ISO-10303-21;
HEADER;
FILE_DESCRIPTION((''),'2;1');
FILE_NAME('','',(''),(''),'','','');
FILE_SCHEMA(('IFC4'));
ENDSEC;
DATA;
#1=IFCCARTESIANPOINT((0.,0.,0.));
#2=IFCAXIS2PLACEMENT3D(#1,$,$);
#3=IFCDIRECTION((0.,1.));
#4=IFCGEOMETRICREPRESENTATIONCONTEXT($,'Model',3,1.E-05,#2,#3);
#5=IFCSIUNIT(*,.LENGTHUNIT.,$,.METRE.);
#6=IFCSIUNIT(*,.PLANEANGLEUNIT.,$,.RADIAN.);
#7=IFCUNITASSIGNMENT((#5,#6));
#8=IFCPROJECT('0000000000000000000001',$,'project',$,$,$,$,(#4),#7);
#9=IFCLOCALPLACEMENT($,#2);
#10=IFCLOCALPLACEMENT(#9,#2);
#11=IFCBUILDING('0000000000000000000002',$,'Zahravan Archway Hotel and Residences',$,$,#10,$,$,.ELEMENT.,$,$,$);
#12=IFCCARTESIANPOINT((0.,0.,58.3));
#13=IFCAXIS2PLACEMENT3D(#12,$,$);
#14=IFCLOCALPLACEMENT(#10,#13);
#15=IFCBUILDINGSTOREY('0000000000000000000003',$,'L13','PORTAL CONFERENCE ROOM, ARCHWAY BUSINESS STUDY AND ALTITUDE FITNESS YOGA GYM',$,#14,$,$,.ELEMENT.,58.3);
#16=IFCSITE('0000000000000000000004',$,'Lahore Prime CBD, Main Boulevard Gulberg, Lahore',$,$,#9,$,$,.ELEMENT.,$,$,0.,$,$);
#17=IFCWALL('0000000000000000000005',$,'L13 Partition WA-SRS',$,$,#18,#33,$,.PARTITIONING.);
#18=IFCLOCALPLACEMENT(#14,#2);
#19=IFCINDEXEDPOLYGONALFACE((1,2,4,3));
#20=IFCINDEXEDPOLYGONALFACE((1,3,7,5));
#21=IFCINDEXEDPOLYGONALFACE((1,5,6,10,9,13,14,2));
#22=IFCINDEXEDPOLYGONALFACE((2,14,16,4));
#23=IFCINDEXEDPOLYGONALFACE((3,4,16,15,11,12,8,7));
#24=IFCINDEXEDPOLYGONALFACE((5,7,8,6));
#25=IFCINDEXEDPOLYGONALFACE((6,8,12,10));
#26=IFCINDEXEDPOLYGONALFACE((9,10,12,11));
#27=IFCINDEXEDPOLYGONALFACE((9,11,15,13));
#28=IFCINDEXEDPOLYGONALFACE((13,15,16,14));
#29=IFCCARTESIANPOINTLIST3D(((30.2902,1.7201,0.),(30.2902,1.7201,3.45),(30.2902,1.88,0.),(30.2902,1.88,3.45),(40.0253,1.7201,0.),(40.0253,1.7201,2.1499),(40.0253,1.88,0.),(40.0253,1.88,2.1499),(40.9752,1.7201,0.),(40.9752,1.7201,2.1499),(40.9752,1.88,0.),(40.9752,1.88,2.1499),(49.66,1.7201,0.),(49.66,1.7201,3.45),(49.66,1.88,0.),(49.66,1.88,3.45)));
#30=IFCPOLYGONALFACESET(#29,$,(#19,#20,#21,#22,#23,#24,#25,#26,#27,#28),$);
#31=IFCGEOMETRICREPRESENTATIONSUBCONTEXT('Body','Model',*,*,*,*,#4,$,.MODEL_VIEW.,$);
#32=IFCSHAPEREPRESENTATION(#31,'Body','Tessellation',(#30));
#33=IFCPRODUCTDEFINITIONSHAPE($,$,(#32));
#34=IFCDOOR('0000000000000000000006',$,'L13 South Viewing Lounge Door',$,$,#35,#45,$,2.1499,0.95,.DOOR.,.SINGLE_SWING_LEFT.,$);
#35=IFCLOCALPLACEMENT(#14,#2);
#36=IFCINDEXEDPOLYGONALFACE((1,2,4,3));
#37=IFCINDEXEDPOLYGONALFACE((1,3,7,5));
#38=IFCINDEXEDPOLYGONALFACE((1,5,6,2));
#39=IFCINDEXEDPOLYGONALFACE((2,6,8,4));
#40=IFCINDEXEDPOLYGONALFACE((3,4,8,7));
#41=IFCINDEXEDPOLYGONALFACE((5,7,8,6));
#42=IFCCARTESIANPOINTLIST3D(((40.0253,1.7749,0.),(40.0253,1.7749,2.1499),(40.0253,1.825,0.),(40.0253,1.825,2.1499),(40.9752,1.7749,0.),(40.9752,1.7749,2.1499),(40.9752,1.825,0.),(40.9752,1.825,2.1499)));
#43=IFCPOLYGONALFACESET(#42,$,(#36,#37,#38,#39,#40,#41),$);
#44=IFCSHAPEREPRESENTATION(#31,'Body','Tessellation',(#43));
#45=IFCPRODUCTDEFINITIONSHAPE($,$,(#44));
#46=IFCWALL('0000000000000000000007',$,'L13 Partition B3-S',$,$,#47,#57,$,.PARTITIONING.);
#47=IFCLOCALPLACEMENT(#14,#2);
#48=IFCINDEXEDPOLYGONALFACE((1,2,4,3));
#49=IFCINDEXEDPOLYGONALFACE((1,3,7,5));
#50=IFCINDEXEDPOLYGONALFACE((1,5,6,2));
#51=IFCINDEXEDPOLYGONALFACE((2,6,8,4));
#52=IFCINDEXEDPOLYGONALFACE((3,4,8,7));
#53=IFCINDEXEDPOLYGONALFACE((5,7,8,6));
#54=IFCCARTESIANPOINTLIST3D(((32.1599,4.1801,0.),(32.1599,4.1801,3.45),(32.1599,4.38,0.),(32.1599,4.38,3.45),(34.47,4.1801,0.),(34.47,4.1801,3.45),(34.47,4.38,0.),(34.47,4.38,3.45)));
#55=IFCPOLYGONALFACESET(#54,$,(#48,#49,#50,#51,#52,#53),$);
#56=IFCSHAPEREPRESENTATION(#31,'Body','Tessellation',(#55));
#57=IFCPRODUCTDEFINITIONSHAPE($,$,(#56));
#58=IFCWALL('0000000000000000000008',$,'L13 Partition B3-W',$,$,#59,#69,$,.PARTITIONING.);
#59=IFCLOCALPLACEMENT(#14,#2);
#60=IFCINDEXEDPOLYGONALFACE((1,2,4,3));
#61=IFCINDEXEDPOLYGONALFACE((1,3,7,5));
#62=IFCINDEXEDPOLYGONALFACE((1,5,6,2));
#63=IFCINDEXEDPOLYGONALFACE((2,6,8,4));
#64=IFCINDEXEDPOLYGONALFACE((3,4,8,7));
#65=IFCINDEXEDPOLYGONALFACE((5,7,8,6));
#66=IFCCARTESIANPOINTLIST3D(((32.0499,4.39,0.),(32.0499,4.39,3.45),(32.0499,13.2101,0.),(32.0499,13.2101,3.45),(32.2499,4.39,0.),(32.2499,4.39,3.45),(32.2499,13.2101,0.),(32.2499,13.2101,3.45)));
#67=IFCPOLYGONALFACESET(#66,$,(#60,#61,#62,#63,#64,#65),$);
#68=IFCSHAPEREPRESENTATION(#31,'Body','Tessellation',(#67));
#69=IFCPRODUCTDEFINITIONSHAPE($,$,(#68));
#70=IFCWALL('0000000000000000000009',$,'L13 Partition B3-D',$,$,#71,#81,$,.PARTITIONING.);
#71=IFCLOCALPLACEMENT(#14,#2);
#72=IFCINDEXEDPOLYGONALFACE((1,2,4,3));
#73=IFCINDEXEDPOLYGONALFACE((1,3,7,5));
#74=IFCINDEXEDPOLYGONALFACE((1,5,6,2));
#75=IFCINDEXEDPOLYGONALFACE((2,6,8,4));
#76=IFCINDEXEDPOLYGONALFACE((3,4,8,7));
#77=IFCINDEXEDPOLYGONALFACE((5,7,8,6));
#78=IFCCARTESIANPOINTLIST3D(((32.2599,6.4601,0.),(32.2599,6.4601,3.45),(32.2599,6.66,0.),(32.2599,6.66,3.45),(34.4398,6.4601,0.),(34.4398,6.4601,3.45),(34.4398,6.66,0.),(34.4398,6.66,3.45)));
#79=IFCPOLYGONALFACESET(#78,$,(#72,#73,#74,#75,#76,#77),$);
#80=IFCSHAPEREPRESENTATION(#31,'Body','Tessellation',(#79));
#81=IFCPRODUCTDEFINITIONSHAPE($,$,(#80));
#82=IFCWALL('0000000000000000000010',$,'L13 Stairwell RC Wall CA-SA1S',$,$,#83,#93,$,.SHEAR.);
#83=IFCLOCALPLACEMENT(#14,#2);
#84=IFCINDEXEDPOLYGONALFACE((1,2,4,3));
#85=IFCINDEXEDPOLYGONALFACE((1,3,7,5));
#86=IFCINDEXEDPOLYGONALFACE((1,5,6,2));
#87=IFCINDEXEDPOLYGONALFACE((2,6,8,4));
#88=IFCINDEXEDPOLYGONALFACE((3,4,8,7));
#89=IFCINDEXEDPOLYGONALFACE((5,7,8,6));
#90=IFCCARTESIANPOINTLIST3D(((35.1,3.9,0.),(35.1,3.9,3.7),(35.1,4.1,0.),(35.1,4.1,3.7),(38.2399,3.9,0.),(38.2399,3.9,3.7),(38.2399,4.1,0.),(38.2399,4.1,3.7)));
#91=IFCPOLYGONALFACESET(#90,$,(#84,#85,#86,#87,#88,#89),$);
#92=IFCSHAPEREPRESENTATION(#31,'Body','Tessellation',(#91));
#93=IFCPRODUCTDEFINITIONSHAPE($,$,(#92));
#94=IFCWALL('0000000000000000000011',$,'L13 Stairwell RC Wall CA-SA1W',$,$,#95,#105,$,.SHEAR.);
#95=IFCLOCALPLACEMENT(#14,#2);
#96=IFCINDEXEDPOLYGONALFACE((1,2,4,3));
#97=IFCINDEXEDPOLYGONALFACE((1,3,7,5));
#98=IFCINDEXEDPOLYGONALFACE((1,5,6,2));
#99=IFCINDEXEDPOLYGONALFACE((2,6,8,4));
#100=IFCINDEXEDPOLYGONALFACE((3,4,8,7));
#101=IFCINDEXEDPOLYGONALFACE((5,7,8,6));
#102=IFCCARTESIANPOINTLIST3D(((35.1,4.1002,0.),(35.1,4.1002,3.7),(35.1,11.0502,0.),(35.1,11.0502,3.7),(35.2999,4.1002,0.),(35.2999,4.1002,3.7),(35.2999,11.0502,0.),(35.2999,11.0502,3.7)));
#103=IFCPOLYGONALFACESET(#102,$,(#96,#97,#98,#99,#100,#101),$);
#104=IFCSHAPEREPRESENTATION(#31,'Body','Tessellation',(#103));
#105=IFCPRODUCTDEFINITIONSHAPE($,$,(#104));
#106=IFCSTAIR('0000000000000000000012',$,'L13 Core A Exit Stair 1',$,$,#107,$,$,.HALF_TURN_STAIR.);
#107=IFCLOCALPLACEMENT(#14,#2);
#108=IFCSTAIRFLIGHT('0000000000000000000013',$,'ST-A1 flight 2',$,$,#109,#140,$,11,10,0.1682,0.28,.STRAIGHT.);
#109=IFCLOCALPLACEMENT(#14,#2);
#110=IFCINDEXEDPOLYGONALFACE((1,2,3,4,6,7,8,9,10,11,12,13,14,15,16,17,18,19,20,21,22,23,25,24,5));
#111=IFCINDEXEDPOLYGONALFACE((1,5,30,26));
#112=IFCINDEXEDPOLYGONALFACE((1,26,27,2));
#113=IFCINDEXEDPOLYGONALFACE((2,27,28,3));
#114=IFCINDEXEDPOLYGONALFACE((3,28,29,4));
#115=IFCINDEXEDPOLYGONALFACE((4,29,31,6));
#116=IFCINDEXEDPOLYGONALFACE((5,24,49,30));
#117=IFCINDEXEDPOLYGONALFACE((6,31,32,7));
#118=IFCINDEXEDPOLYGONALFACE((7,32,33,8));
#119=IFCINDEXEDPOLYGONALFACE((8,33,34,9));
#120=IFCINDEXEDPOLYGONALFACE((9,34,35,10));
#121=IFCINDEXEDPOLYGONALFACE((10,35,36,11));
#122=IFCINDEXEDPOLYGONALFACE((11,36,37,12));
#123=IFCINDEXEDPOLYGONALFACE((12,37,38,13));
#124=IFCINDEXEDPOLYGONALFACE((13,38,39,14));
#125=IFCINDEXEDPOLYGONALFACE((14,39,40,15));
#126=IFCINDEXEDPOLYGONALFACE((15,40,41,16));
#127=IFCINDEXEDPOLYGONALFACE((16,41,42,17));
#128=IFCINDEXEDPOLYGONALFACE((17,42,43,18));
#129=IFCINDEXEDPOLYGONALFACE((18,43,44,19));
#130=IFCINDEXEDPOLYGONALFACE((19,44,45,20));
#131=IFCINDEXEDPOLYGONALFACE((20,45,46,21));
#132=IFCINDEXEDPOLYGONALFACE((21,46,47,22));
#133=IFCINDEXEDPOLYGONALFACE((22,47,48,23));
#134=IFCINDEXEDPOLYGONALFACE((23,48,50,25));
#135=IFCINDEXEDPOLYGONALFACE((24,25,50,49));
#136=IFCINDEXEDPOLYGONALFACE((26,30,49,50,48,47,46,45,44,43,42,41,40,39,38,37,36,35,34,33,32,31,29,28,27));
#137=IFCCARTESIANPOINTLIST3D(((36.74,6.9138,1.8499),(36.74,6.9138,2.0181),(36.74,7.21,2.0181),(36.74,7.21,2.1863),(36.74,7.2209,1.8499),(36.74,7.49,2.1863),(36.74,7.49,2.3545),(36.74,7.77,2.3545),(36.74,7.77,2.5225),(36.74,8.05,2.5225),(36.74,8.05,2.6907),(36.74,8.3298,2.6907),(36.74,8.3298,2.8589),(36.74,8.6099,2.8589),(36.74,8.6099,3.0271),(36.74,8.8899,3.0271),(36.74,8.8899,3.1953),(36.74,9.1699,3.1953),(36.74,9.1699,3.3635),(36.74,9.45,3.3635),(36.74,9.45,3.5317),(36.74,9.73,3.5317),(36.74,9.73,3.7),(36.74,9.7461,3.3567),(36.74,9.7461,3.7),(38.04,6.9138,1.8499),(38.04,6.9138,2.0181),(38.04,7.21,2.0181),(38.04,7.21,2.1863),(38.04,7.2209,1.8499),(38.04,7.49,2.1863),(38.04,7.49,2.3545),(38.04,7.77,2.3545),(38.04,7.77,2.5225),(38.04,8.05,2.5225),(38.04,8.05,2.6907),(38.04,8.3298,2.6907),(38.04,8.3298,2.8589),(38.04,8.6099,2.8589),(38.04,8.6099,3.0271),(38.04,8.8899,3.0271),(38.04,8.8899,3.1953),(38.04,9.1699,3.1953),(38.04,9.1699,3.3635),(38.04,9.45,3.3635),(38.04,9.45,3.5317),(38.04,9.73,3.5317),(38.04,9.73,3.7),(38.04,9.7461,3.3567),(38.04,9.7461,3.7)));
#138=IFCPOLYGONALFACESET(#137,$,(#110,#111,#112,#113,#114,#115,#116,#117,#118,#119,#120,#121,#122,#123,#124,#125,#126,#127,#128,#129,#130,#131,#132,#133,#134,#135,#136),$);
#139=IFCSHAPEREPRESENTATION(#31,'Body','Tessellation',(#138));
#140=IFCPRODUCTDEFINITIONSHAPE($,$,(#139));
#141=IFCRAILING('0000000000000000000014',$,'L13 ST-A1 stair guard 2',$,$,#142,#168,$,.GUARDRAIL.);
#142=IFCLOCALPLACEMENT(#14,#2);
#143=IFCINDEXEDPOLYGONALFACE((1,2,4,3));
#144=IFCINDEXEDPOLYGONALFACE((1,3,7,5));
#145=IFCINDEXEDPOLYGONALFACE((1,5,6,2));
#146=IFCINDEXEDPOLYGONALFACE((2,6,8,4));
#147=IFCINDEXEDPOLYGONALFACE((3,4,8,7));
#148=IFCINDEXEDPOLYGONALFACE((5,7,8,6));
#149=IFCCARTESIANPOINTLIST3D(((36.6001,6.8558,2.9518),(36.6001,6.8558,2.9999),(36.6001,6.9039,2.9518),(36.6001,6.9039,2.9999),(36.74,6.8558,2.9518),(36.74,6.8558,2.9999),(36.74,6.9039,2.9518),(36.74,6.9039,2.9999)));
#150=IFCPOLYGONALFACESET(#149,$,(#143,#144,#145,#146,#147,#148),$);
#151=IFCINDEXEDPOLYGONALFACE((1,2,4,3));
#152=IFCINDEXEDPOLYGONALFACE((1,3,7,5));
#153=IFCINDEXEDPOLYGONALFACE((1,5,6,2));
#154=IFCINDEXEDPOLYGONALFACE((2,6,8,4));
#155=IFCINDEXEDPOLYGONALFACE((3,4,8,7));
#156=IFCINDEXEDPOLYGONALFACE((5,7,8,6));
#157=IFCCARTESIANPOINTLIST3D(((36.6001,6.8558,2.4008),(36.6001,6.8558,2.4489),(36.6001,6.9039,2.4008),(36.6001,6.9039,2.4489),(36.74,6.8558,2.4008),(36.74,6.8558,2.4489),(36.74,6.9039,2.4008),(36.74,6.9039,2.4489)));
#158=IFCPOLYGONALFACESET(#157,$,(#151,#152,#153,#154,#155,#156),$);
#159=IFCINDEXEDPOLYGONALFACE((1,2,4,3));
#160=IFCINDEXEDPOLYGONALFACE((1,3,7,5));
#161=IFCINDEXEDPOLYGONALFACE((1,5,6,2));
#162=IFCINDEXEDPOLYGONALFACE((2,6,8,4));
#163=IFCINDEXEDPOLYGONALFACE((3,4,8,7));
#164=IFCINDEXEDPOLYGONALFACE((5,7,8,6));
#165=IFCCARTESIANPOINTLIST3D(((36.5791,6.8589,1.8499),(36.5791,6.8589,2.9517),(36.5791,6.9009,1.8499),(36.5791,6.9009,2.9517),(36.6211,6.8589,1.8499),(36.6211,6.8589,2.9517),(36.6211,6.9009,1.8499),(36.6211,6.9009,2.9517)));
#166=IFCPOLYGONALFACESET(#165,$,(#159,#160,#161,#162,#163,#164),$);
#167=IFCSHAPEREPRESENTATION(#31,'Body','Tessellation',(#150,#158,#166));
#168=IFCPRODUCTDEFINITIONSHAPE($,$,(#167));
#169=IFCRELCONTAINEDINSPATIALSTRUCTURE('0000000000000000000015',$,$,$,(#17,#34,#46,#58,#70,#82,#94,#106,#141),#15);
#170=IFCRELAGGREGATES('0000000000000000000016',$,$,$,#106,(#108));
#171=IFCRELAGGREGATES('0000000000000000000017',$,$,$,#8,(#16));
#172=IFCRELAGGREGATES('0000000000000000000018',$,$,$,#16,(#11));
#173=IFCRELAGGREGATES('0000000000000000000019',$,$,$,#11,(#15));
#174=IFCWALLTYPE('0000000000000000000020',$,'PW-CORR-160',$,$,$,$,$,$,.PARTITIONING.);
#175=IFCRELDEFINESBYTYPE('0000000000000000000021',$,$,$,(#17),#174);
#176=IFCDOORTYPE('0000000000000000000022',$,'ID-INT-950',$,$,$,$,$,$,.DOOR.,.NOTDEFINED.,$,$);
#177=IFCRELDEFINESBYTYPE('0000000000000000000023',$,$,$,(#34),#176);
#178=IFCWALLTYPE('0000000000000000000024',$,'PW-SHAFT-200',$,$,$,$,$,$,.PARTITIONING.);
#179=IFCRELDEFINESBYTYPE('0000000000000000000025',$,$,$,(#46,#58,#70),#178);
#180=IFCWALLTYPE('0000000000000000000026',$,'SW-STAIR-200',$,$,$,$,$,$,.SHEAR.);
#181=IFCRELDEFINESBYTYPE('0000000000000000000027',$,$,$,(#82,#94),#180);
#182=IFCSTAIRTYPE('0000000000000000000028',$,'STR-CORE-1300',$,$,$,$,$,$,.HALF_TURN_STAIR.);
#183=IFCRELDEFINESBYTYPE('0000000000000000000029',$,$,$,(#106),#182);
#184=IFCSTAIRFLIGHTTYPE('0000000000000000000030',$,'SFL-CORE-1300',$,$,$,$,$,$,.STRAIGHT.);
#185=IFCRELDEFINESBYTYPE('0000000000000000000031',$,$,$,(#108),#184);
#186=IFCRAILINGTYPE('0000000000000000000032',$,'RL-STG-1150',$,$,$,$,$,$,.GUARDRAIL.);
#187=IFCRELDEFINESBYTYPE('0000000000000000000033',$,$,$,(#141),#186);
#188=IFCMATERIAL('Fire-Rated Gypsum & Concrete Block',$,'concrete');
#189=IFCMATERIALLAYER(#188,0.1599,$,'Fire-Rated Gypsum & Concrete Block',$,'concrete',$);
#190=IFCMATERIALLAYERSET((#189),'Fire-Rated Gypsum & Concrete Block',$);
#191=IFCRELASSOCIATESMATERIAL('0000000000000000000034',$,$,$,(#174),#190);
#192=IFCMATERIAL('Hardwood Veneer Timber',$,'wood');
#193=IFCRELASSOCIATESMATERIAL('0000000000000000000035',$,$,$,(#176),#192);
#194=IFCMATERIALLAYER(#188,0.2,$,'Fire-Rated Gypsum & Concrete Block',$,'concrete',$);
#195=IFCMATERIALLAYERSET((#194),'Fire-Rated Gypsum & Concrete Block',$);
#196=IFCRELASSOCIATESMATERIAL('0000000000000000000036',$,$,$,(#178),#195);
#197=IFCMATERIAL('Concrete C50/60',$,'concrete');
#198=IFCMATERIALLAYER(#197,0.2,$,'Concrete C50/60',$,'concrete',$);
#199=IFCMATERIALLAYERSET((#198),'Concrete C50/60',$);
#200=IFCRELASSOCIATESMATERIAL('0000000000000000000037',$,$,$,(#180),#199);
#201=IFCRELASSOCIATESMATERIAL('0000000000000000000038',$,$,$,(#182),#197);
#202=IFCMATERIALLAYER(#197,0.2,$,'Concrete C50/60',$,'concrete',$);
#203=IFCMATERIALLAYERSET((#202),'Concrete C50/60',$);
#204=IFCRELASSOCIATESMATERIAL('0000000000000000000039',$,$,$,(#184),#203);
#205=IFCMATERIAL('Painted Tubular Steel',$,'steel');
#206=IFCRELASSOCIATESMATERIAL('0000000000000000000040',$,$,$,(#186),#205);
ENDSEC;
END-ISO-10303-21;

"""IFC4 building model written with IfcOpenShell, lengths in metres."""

from ifc_helpers import new_model, si_unit, direction, frame, frame_2d, origin, origin_2d, place, context, subcontext, project, spatial, polyline, rectangle, outline, extrude, source, transform, mapped, material, layer, layer_set, type_object, type_shapes, element, fill, aggregate, save


model = new_model("IFC4")

# Units and contexts
model_context = context("Model", 3, precision=1e-05, world=origin(), true_north=direction((0.0, 1.0)))
body_context = subcontext(model_context, "Body", "Model", "MODEL_VIEW")
ifc_project = project(units=[si_unit("LENGTHUNIT", "METRE"), si_unit("PLANEANGLEUNIT", "RADIAN")], contexts=[model_context])

# Site, building, storey
site_placement = place(None, origin())
site = spatial("IfcSite", under=ifc_project, at=site_placement, Name="Lahore Prime CBD, Main Boulevard Gulberg, Lahore", CompositionType="ELEMENT", RefElevation=0.0)
building_placement = place(site_placement, origin())
building = spatial("IfcBuilding", under=site, at=building_placement, Name="Zahravan Archway Hotel and Residences", CompositionType="ELEMENT")
storey_placement = place(building_placement, frame((0.0, 0.0, 58.3)))
storey = spatial("IfcBuildingStorey", under=building, at=storey_placement, Name="L13", Description="PORTAL CONFERENCE ROOM, ARCHWAY BUSINESS STUDY AND ALTITUDE FITNESS YOGA GYM", CompositionType="ELEMENT", Elevation=58.3)

# Wall, opening, door
ifc_material_1 = material(Name="Fire-Rated Gypsum & Concrete Block", Category="concrete")
ifc_layer_1 = layer(ifc_material_1, 0.1599, Name="Fire-Rated Gypsum & Concrete Block", Category="concrete")
ifc_layer_set_1 = layer_set([ifc_layer_1], Name="Fire-Rated Gypsum & Concrete Block")
wall_type_1 = type_object("IfcWallType", Name="PW-CORR-160", PredefinedType="PARTITIONING", material=ifc_layer_set_1)
wall_1_placement = place(storey_placement, frame((30.29, 1.8, 0.0), z_axis=(0.0, 0.0, 1.0), x_axis=(1.0, 0.0, 0.0)))
wall_1 = element("IfcWall", 1, at=wall_1_placement, inside=storey, type_object=wall_type_1, Name="L13 Partition WA-SRS", PredefinedType="PARTITIONING", context=body_context, shape_type="SweptSolid", body=[
    extrude(rectangle(XDim=19.3699, YDim=0.1599, at=frame_2d((9.6851, 0.0))), origin(), (0.0, 0.0, 1.0), 3.45),
])
opening_1_placement = place(wall_1_placement, frame((9.7351, 0.0, 0.0)))
opening_1 = element("IfcOpeningElement", 2, at=opening_1_placement, cuts=wall_1, PredefinedType="OPENING", context=body_context, shape_type="SweptSolid", body=[
    extrude(rectangle(XDim=0.95, YDim=2.1499, at=frame_2d((0.4751, 1.075))), frame((0.0, 0.0898, 0.0), z_axis=(0.0, -1.0, 0.0), x_axis=(1.0, 0.0, 0.0)), (0.0, 0.0, 1.0), 0.1799),
])
ifc_material_2 = material(Name="Hardwood Veneer Timber", Category="wood")
door_type_1 = type_object("IfcDoorType", Name="ID-INT-950", OperationType="NOTDEFINED", PredefinedType="DOOR", material=ifc_material_2)
shared_shape_1 = source(origin(), body_context, "Body", "SweptSolid", [
    extrude(rectangle(XDim=0.95, YDim=2.1499, at=frame_2d((0.4751, 1.075))), frame((0.0, 0.0249, 0.0), z_axis=(0.0, -1.0, 0.0), x_axis=(1.0, 0.0, 0.0)), (0.0, 0.0, 1.0), 0.05),
])
type_shapes(door_type_1, [shared_shape_1])
door_1_placement = place(opening_1_placement, origin())
door_1 = element("IfcDoor", 3, at=door_1_placement, inside=storey, type_object=door_type_1, Name="L13 South Viewing Lounge Door", OperationType="SINGLE_SWING_LEFT", OverallHeight=2.1499, OverallWidth=0.95, PredefinedType="DOOR", context=body_context, shape_type="MappedRepresentation", body=[
    mapped(shared_shape_1, transform((0.0, 0.0, 0.0), scale=1.0)),
])
fill(opening_1, door_1)

# Walls
ifc_layer_2 = layer(ifc_material_1, 0.2, Name="Fire-Rated Gypsum & Concrete Block", Category="concrete")
ifc_layer_set_2 = layer_set([ifc_layer_2], Name="Fire-Rated Gypsum & Concrete Block")
wall_type_2 = type_object("IfcWallType", Name="PW-SHAFT-200", PredefinedType="PARTITIONING", material=ifc_layer_set_2)
wall_2_placement = place(storey_placement, frame((32.1599, 4.28, 0.0), z_axis=(0.0, 0.0, 1.0), x_axis=(1.0, 0.0, 0.0)))
element("IfcWall", 4, at=wall_2_placement, inside=storey, type_object=wall_type_2, Name="L13 Partition B3-S", PredefinedType="PARTITIONING", context=body_context, shape_type="SweptSolid", body=[
    extrude(rectangle(XDim=2.3101, YDim=0.2, at=frame_2d((1.155, 0.0))), origin(), (0.0, 0.0, 1.0), 3.45),
])
wall_3_placement = place(storey_placement, frame((32.1499, 4.3899, 0.0), z_axis=(0.0, 0.0, 1.0), x_axis=(0.0, 1.0, 0.0)))
element("IfcWall", 5, at=wall_3_placement, inside=storey, type_object=wall_type_2, Name="L13 Partition B3-W", PredefinedType="PARTITIONING", context=body_context, shape_type="SweptSolid", body=[
    extrude(rectangle(XDim=8.8201, YDim=0.2, at=frame_2d((4.4102, 0.0))), origin(), (0.0, 0.0, 1.0), 3.45),
])
wall_4_placement = place(storey_placement, frame((32.26, 6.5601, 0.0), z_axis=(0.0, 0.0, 1.0), x_axis=(1.0, 0.0, 0.0)))
element("IfcWall", 6, at=wall_4_placement, inside=storey, type_object=wall_type_2, Name="L13 Partition B3-D", PredefinedType="PARTITIONING", context=body_context, shape_type="SweptSolid", body=[
    extrude(rectangle(XDim=2.1799, YDim=0.2, at=frame_2d((1.0898, 0.0))), origin(), (0.0, 0.0, 1.0), 3.45),
])
ifc_material_3 = material(Name="Concrete C50/60", Category="concrete")
ifc_layer_3 = layer(ifc_material_3, 0.2, Name="Concrete C50/60", Category="concrete")
ifc_layer_set_3 = layer_set([ifc_layer_3], Name="Concrete C50/60")
wall_type_3 = type_object("IfcWallType", Name="SW-STAIR-200", PredefinedType="SHEAR", material=ifc_layer_set_3)
wall_5_placement = place(storey_placement, frame((35.1001, 4.0, 0.0), z_axis=(0.0, 0.0, 1.0), x_axis=(1.0, 0.0, 0.0)))
element("IfcWall", 7, at=wall_5_placement, inside=storey, type_object=wall_type_3, Name="L13 Stairwell RC Wall CA-SA1S", PredefinedType="SHEAR", context=body_context, shape_type="SweptSolid", body=[
    extrude(rectangle(XDim=3.1399, YDim=0.2, at=frame_2d((1.5698, 0.0))), origin(), (0.0, 0.0, 1.0), 3.7),
])
wall_6_placement = place(storey_placement, frame((35.2, 4.1001, 0.0), z_axis=(0.0, 0.0, 1.0), x_axis=(0.0, 1.0, 0.0)))
element("IfcWall", 8, at=wall_6_placement, inside=storey, type_object=wall_type_3, Name="L13 Stairwell RC Wall CA-SA1W", PredefinedType="SHEAR", context=body_context, shape_type="SweptSolid", body=[
    extrude(rectangle(XDim=6.95, YDim=0.2, at=frame_2d((3.4751, 0.0))), origin(), (0.0, 0.0, 1.0), 3.7),
])

# Stair, stair flight
stair_type = type_object("IfcStairType", Name="STR-CORE-1300", PredefinedType="HALF_TURN_STAIR", material=ifc_material_3)
stair_placement = place(storey_placement, origin())
stair = element("IfcStair", 9, at=stair_placement, inside=storey, type_object=stair_type, Name="L13 Core A Exit Stair 1", PredefinedType="HALF_TURN_STAIR")
ifc_layer_4 = layer(ifc_material_3, 0.2, Name="Concrete C50/60", Category="concrete")
ifc_layer_set_4 = layer_set([ifc_layer_4], Name="Concrete C50/60")
stair_flight_type = type_object("IfcStairFlightType", Name="SFL-CORE-1300", PredefinedType="STRAIGHT", material=ifc_layer_set_4)
shared_shape_2 = source(origin(), body_context, "Body", "SweptSolid", [
    extrude(outline(polyline([(-0.0161, 0.0), (-0.0161, 0.1682), (0.28, 0.1682), (0.28, 0.3364), (0.5601, 0.3364), (0.5601, 0.5046), (0.8401, 0.5046), (0.8401, 0.6726), (1.1201, 0.6726), (1.1201, 0.8408), (1.3999, 0.8408), (1.3999, 1.009), (1.6799, 1.009), (1.6799, 1.1772), (1.96, 1.1772), (1.96, 1.3455), (2.24, 1.3455), (2.24, 1.5137), (2.52, 1.5137), (2.52, 1.6819), (2.8, 1.6819), (2.8, 1.8501), (2.8162, 1.8501), (2.8162, 1.5068), (0.291, 0.0), (-0.0161, 0.0)])), frame((0.0, 0.6499, 0.0), z_axis=(0.0, -1.0, 0.0), x_axis=(1.0, 0.0, 0.0)), (0.0, 0.0, 1.0), 1.3),
])
stair_flight_placement = place(storey_placement, frame((37.3899, 6.9299, 1.8499), z_axis=(0.0, 0.0, 1.0), x_axis=(0.0, 1.0, 0.0)))
stair_flight = element("IfcStairFlight", 10, at=stair_flight_placement, type_object=stair_flight_type, Name="ST-A1 flight 2", NumberOfRisers=11, NumberOfTreads=10, PredefinedType="STRAIGHT", RiserHeight=0.1682, TreadLength=0.28, context=body_context, shape_type="MappedRepresentation", body=[
    mapped(shared_shape_2, transform((0.0, 0.0, 0.0), scale=1.0)),
])
aggregate(stair, [stair_flight])

# Railing
ifc_material_4 = material(Name="Painted Tubular Steel", Category="steel")
railing_type = type_object("IfcRailingType", Name="RL-STG-1150", PredefinedType="GUARDRAIL", material=ifc_material_4)
railing_1_placement = place(storey_placement, frame((36.6001, 6.8799, 1.8499)))
element("IfcRailing", 11, at=railing_1_placement, inside=storey, type_object=railing_type, Name="L13 ST-A1 stair guard 2", PredefinedType="GUARDRAIL", context=body_context, shape_type="SweptSolid", body=[
    extrude(rectangle(XDim=0.0481, YDim=0.0481, at=origin_2d()), frame((0.0, 0.0, 1.126), z_axis=(1.0, 0.0, 0.0), x_axis=(0.0, 1.0, 0.0)), (0.0, 0.0, 1.0), 0.1399),
    extrude(rectangle(XDim=0.0481, YDim=0.0481, at=origin_2d()), frame((0.0, 0.0, 0.575), z_axis=(1.0, 0.0, 0.0), x_axis=(0.0, 1.0, 0.0)), (0.0, 0.0, 1.0), 0.1399),
    extrude(rectangle(XDim=0.042, YDim=0.042, at=origin_2d()), origin(), (0.0, 0.0, 1.0), 1.1018),
])

save(model, "model.ifc")
